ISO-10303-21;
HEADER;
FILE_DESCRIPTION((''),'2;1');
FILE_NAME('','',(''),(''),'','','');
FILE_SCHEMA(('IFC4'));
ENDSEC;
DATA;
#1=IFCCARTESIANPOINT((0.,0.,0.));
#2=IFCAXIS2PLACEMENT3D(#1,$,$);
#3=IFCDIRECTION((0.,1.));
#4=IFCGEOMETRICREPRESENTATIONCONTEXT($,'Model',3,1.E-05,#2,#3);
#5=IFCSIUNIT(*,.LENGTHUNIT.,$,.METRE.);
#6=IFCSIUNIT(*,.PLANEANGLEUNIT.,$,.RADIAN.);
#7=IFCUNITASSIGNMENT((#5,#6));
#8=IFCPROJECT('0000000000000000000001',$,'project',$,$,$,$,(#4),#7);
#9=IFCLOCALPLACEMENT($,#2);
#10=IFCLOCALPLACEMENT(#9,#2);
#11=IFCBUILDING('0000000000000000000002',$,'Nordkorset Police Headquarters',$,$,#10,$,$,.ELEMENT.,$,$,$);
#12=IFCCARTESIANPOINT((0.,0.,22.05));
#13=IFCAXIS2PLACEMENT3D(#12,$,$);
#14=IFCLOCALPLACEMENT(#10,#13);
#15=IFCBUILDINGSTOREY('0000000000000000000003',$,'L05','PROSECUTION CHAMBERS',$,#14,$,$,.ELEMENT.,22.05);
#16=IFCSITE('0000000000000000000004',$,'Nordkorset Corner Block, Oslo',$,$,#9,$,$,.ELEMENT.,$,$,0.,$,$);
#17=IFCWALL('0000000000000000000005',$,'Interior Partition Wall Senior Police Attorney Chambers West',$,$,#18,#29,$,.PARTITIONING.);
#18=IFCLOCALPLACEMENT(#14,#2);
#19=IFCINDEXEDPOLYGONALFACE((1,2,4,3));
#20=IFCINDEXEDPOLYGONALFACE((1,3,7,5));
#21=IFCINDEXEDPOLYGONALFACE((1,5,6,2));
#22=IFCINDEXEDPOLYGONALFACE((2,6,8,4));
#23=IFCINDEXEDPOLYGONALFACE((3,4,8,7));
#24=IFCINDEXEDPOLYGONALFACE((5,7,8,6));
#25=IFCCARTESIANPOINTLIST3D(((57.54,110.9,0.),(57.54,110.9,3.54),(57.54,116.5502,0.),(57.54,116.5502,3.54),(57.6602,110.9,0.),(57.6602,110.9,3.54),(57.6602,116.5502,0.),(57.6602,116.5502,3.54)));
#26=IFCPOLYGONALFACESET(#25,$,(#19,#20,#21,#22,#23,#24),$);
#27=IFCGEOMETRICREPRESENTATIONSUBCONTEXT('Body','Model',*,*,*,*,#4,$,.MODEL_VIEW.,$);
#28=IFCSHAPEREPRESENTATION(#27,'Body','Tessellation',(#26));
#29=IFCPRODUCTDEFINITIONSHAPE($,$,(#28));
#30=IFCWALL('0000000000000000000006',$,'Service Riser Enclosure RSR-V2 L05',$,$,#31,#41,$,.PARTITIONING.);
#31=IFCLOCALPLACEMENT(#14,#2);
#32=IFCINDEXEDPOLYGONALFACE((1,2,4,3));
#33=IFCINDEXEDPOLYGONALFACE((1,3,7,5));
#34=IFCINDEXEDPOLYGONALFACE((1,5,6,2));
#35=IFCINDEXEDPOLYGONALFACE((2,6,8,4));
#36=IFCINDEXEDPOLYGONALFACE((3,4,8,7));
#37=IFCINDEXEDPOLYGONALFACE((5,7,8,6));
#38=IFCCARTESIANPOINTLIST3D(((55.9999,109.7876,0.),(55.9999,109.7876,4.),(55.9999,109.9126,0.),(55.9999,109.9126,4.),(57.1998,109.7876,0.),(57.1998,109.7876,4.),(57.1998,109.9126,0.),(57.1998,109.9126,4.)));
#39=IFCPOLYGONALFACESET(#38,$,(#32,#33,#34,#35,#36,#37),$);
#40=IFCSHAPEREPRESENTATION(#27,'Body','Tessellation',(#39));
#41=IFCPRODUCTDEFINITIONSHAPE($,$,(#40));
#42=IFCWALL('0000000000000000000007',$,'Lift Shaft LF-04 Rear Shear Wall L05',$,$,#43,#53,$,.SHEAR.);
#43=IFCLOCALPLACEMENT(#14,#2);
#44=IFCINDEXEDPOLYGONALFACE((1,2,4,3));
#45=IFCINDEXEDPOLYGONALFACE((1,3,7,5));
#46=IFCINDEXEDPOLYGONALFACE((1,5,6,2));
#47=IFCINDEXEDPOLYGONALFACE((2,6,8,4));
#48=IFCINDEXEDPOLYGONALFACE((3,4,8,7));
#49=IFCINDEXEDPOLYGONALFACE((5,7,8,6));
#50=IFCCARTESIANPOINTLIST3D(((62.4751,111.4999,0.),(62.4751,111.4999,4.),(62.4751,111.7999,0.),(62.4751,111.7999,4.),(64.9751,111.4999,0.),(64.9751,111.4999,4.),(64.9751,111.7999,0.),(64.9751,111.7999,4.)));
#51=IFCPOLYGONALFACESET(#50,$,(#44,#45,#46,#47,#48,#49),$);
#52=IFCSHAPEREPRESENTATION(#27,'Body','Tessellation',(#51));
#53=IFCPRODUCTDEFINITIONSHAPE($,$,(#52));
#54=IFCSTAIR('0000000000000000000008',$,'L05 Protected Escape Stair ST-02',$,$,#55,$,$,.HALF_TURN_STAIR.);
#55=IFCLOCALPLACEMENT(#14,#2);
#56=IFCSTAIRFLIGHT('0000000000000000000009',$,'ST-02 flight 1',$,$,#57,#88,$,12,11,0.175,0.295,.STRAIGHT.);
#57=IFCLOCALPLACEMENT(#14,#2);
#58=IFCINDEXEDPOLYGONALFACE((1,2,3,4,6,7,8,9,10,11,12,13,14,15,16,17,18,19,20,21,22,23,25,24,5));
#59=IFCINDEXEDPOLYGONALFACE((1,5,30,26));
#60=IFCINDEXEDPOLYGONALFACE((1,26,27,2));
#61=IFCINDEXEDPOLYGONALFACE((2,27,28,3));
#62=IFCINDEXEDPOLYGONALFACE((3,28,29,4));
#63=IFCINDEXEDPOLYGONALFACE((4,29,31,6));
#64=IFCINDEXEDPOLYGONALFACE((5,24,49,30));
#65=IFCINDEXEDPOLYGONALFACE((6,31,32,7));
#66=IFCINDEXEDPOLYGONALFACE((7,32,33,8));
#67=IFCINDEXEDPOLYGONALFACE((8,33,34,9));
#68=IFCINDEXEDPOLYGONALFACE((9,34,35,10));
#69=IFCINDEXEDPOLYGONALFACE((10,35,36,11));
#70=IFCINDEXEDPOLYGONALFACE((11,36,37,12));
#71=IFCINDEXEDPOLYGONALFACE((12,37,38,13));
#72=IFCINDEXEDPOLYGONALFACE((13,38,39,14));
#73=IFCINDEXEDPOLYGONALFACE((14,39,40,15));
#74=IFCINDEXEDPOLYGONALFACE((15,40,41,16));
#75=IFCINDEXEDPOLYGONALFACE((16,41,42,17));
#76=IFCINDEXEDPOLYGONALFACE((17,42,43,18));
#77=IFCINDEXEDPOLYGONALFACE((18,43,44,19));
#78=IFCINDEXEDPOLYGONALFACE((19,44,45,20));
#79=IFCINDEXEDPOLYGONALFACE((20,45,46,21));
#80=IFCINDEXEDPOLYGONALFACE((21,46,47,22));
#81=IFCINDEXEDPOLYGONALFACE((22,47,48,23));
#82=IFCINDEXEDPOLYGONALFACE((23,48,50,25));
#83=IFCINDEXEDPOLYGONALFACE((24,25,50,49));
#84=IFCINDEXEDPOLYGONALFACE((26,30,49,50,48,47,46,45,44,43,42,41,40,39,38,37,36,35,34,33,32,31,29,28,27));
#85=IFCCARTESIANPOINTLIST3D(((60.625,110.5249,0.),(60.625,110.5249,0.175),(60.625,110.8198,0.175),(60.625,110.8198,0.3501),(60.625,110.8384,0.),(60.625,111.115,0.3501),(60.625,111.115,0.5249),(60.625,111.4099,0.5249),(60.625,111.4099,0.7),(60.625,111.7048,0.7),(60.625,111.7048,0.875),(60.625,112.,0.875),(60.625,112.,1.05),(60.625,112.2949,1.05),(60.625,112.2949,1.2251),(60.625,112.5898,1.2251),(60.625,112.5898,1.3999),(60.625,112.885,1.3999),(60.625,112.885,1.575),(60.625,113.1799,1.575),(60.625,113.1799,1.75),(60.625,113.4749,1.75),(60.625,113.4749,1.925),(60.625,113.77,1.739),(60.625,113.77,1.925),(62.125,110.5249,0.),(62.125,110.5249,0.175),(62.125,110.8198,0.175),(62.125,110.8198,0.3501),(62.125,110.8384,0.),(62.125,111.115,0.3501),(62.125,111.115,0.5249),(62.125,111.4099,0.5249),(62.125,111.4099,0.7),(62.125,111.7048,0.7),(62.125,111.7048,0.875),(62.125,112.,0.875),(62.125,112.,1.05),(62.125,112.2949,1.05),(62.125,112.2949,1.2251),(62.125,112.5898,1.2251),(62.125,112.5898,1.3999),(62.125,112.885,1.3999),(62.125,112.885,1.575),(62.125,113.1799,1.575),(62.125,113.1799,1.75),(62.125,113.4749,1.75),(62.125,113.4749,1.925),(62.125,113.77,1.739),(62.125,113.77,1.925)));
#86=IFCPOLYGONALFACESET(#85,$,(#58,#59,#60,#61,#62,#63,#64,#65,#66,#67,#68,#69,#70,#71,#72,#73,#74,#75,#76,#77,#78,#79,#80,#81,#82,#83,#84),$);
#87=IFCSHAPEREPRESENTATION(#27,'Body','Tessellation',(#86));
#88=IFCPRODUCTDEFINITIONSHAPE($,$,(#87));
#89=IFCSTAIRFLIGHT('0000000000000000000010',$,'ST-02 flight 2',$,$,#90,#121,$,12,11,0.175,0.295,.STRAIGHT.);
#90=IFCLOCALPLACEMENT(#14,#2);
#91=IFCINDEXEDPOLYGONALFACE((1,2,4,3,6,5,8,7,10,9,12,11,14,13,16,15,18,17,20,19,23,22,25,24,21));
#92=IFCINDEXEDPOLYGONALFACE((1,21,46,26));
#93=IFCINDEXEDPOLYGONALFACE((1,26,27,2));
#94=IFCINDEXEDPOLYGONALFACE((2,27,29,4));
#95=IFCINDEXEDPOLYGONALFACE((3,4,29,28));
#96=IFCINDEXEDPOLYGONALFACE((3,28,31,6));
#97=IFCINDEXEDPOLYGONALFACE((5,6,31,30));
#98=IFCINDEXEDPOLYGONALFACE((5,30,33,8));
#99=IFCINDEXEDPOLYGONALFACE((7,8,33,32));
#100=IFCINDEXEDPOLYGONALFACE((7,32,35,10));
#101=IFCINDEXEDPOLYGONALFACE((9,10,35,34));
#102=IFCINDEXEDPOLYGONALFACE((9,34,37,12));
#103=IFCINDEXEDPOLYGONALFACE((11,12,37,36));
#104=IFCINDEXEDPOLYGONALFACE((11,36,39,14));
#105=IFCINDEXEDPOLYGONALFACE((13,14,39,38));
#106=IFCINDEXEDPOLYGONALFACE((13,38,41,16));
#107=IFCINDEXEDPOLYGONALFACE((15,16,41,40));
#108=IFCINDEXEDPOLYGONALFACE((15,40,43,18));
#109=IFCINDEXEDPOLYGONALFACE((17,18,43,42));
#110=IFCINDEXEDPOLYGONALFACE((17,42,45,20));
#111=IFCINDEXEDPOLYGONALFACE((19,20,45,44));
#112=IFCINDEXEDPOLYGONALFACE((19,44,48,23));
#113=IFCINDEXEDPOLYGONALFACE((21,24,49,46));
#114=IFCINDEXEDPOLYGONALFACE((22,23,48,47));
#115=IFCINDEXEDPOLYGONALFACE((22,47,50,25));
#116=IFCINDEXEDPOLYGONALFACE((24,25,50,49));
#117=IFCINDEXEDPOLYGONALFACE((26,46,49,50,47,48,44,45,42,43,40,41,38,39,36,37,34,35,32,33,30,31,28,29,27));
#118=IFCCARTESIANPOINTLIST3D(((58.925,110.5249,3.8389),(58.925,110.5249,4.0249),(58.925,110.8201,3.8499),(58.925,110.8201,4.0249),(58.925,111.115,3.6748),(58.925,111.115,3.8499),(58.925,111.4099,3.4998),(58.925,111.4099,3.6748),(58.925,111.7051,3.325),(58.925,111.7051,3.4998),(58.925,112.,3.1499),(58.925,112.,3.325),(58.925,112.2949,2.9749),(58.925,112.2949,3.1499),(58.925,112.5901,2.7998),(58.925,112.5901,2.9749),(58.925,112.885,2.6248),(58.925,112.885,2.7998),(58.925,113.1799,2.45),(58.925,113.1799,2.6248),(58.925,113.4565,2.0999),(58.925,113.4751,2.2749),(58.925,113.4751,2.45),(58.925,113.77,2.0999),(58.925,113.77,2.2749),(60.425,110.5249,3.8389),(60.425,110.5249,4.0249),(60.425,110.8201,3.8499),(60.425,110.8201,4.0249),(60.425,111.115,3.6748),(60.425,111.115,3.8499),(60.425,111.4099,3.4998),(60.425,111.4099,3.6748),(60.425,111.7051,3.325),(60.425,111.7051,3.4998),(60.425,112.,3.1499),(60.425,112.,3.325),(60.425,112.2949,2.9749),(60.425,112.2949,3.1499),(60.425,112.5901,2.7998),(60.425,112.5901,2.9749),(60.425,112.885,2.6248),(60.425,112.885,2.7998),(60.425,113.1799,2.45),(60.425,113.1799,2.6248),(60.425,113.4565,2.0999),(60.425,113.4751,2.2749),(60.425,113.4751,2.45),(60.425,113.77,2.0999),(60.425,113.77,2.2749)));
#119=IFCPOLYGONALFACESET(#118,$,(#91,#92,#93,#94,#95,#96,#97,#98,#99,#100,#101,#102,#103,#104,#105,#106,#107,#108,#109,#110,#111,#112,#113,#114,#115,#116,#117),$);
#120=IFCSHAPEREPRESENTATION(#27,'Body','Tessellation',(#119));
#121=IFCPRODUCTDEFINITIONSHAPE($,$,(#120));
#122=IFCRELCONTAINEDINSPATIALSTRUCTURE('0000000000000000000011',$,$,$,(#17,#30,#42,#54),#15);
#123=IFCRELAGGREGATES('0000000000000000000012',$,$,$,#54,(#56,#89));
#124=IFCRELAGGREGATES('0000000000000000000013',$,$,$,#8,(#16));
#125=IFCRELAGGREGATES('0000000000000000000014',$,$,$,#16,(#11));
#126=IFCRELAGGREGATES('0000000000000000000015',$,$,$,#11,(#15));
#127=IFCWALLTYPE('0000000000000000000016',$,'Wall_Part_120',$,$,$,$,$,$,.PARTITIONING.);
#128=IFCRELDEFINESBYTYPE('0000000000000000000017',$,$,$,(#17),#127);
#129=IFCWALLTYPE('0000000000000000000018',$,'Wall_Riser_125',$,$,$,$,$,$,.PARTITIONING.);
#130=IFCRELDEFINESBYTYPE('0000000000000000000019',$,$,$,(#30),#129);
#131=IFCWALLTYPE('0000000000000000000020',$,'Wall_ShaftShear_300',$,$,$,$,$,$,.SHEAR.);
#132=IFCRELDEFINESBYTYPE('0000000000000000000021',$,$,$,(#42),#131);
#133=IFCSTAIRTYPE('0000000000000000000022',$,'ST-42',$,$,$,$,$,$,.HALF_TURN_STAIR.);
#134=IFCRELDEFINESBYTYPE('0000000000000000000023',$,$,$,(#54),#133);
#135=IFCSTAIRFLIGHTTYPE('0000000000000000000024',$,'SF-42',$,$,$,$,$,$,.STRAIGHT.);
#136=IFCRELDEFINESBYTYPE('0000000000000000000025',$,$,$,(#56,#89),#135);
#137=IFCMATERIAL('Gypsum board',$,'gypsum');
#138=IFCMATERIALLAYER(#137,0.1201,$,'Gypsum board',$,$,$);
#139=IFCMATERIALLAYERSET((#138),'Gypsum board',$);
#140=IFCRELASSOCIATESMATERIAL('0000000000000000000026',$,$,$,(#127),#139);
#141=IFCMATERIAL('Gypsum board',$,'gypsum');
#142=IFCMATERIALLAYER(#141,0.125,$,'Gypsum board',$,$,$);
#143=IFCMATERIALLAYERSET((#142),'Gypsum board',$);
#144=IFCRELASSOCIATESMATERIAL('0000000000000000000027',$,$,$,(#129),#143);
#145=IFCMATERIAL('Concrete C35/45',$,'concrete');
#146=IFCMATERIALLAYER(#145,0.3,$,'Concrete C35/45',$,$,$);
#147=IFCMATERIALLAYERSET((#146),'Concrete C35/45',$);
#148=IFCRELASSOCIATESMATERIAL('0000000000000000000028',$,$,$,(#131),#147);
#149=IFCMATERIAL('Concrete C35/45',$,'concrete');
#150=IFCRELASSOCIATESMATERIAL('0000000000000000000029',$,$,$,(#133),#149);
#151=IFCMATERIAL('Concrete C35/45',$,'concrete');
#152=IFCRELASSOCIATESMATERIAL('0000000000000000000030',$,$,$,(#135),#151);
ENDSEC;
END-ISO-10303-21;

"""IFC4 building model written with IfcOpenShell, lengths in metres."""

from ifc_helpers import new_model, si_unit, direction, frame, frame_2d, origin, place, context, subcontext, project, spatial, polyline, rectangle, outline, extrude, material, layer, layer_set, type_object, element, aggregate, save


model = new_model("IFC4")

# Units and contexts
model_context = context("Model", 3, precision=1e-05, world=origin(), true_north=direction((0.0, 1.0)))
body_context = subcontext(model_context, "Body", "Model", "MODEL_VIEW")
ifc_project = project(units=[si_unit("LENGTHUNIT", "METRE"), si_unit("PLANEANGLEUNIT", "RADIAN")], contexts=[model_context])

# Site, building, storey
site_placement = place(None, origin())
site = spatial("IfcSite", under=ifc_project, at=site_placement, Name="Nordkorset Corner Block, Oslo", CompositionType="ELEMENT", RefElevation=0.0)
building_placement = place(site_placement, origin())
building = spatial("IfcBuilding", under=site, at=building_placement, Name="Nordkorset Police Headquarters", CompositionType="ELEMENT")
storey_placement = place(building_placement, frame((0.0, 0.0, 22.05)))
storey = spatial("IfcBuildingStorey", under=building, at=storey_placement, Name="L05", Description="PROSECUTION CHAMBERS", CompositionType="ELEMENT", Elevation=22.05)

# Walls
ifc_material_1 = material(Name="Gypsum board", Category="gypsum")
ifc_layer_1 = layer(ifc_material_1, 0.1201, Name="Gypsum board")
ifc_layer_set_1 = layer_set([ifc_layer_1], Name="Gypsum board")
wall_type_1 = type_object("IfcWallType", Name="Wall_Part_120", PredefinedType="PARTITIONING", material=ifc_layer_set_1)
wall_1_placement = place(storey_placement, frame((57.6001, 110.8999, 0.0), z_axis=(0.0, 0.0, 1.0), x_axis=(0.0, 1.0, 0.0)))
element("IfcWall", 1, at=wall_1_placement, inside=storey, type_object=wall_type_1, Name="Interior Partition Wall Senior Police Attorney Chambers West", PredefinedType="PARTITIONING", context=body_context, shape_type="SweptSolid", body=[
    extrude(rectangle(XDim=5.6501, YDim=0.1201, at=frame_2d((2.8252, 0.0))), origin(), (0.0, 0.0, 1.0), 3.54),
])
ifc_material_2 = material(Name="Gypsum board", Category="gypsum")
ifc_layer_2 = layer(ifc_material_2, 0.125, Name="Gypsum board")
ifc_layer_set_2 = layer_set([ifc_layer_2], Name="Gypsum board")
wall_type_2 = type_object("IfcWallType", Name="Wall_Riser_125", PredefinedType="PARTITIONING", material=ifc_layer_set_2)
wall_2_placement = place(storey_placement, frame((57.2, 109.8501, 0.0), z_axis=(0.0, 0.0, 1.0), x_axis=(-1.0, 0.0, 0.0)))
element("IfcWall", 2, at=wall_2_placement, inside=storey, type_object=wall_type_2, Name="Service Riser Enclosure RSR-V2 L05", PredefinedType="PARTITIONING", context=body_context, shape_type="SweptSolid", body=[
    extrude(rectangle(XDim=1.2, YDim=0.125, at=frame_2d((0.6001, 0.0))), origin(), (0.0, 0.0, 1.0), 4.0),
])
ifc_material_3 = material(Name="Concrete C35/45", Category="concrete")
ifc_layer_3 = layer(ifc_material_3, 0.3, Name="Concrete C35/45")
ifc_layer_set_3 = layer_set([ifc_layer_3], Name="Concrete C35/45")
wall_type_3 = type_object("IfcWallType", Name="Wall_ShaftShear_300", PredefinedType="SHEAR", material=ifc_layer_set_3)
wall_3_placement = place(storey_placement, frame((62.4751, 111.6499, 0.0), z_axis=(0.0, 0.0, 1.0), x_axis=(1.0, 0.0, 0.0)))
element("IfcWall", 3, at=wall_3_placement, inside=storey, type_object=wall_type_3, Name="Lift Shaft LF-04 Rear Shear Wall L05", PredefinedType="SHEAR", context=body_context, shape_type="SweptSolid", body=[
    extrude(rectangle(XDim=2.5, YDim=0.3, at=frame_2d((1.25, 0.0))), origin(), (0.0, 0.0, 1.0), 4.0),
])

# Stair, stair flights
ifc_material_4 = material(Name="Concrete C35/45", Category="concrete")
stair_type = type_object("IfcStairType", Name="ST-42", PredefinedType="HALF_TURN_STAIR", material=ifc_material_4)
stair_placement = place(storey_placement, origin())
stair = element("IfcStair", 4, at=stair_placement, inside=storey, type_object=stair_type, Name="L05 Protected Escape Stair ST-02", PredefinedType="HALF_TURN_STAIR")
ifc_material_5 = material(Name="Concrete C35/45", Category="concrete")
stair_flight_type = type_object("IfcStairFlightType", Name="SF-42", PredefinedType="STRAIGHT", material=ifc_material_5)
stair_flight_1_placement = place(storey_placement, frame((61.375, 110.5249, 0.0), z_axis=(0.0, 0.0, 1.0), x_axis=(0.0, 1.0, 0.0)))
stair_flight_1 = element("IfcStairFlight", 5, at=stair_flight_1_placement, type_object=stair_flight_type, Name="ST-02 flight 1", NumberOfRisers=12, NumberOfTreads=11, PredefinedType="STRAIGHT", RiserHeight=0.175, TreadLength=0.295, context=body_context, shape_type="SweptSolid", body=[
    extrude(outline(polyline([(0.0, 0.0), (0.0, 0.175), (0.2949, 0.175), (0.2949, 0.3501), (0.5901, 0.3501), (0.5901, 0.5249), (0.885, 0.5249), (0.885, 0.7), (1.1799, 0.7), (1.1799, 0.875), (1.4751, 0.875), (1.4751, 1.05), (1.77, 1.05), (1.77, 1.2251), (2.0649, 1.2251), (2.0649, 1.3999), (2.3601, 1.3999), (2.3601, 1.575), (2.655, 1.575), (2.655, 1.75), (2.95, 1.75), (2.95, 1.925), (3.2451, 1.925), (3.2451, 2.1001), (3.2451, 1.739), (0.3135, 0.0), (0.0, 0.0)])), frame((0.0, 0.75, 0.0), z_axis=(0.0, -1.0, 0.0), x_axis=(1.0, 0.0, 0.0)), (0.0, 0.0, 1.0), 1.5),
])
stair_flight_2_placement = place(storey_placement, frame((59.675, 113.77, 2.0999), z_axis=(0.0, 0.0, 1.0), x_axis=(0.0, -1.0, 0.0)))
stair_flight_2 = element("IfcStairFlight", 6, at=stair_flight_2_placement, type_object=stair_flight_type, Name="ST-02 flight 2", NumberOfRisers=12, NumberOfTreads=11, PredefinedType="STRAIGHT", RiserHeight=0.175, TreadLength=0.295, context=body_context, shape_type="SweptSolid", body=[
    extrude(outline(polyline([(0.0, 0.0), (0.0, 0.175), (0.2949, 0.175), (0.2949, 0.3501), (0.5901, 0.3501), (0.5901, 0.5249), (0.885, 0.5249), (0.885, 0.7), (1.1799, 0.7), (1.1799, 0.875), (1.4751, 0.875), (1.4751, 1.05), (1.77, 1.05), (1.77, 1.2251), (2.0649, 1.2251), (2.0649, 1.3999), (2.3601, 1.3999), (2.3601, 1.575), (2.655, 1.575), (2.655, 1.75), (2.95, 1.75), (2.95, 1.925), (3.2451, 1.925), (3.2451, 2.1001), (3.2451, 1.739), (0.3135, 0.0), (0.0, 0.0)])), frame((0.0, 0.75, 0.0), z_axis=(0.0, -1.0, 0.0), x_axis=(1.0, 0.0, 0.0)), (0.0, 0.0, 1.0), 1.5),
])
aggregate(stair, [stair_flight_1, stair_flight_2])

save(model, "model.ifc")
